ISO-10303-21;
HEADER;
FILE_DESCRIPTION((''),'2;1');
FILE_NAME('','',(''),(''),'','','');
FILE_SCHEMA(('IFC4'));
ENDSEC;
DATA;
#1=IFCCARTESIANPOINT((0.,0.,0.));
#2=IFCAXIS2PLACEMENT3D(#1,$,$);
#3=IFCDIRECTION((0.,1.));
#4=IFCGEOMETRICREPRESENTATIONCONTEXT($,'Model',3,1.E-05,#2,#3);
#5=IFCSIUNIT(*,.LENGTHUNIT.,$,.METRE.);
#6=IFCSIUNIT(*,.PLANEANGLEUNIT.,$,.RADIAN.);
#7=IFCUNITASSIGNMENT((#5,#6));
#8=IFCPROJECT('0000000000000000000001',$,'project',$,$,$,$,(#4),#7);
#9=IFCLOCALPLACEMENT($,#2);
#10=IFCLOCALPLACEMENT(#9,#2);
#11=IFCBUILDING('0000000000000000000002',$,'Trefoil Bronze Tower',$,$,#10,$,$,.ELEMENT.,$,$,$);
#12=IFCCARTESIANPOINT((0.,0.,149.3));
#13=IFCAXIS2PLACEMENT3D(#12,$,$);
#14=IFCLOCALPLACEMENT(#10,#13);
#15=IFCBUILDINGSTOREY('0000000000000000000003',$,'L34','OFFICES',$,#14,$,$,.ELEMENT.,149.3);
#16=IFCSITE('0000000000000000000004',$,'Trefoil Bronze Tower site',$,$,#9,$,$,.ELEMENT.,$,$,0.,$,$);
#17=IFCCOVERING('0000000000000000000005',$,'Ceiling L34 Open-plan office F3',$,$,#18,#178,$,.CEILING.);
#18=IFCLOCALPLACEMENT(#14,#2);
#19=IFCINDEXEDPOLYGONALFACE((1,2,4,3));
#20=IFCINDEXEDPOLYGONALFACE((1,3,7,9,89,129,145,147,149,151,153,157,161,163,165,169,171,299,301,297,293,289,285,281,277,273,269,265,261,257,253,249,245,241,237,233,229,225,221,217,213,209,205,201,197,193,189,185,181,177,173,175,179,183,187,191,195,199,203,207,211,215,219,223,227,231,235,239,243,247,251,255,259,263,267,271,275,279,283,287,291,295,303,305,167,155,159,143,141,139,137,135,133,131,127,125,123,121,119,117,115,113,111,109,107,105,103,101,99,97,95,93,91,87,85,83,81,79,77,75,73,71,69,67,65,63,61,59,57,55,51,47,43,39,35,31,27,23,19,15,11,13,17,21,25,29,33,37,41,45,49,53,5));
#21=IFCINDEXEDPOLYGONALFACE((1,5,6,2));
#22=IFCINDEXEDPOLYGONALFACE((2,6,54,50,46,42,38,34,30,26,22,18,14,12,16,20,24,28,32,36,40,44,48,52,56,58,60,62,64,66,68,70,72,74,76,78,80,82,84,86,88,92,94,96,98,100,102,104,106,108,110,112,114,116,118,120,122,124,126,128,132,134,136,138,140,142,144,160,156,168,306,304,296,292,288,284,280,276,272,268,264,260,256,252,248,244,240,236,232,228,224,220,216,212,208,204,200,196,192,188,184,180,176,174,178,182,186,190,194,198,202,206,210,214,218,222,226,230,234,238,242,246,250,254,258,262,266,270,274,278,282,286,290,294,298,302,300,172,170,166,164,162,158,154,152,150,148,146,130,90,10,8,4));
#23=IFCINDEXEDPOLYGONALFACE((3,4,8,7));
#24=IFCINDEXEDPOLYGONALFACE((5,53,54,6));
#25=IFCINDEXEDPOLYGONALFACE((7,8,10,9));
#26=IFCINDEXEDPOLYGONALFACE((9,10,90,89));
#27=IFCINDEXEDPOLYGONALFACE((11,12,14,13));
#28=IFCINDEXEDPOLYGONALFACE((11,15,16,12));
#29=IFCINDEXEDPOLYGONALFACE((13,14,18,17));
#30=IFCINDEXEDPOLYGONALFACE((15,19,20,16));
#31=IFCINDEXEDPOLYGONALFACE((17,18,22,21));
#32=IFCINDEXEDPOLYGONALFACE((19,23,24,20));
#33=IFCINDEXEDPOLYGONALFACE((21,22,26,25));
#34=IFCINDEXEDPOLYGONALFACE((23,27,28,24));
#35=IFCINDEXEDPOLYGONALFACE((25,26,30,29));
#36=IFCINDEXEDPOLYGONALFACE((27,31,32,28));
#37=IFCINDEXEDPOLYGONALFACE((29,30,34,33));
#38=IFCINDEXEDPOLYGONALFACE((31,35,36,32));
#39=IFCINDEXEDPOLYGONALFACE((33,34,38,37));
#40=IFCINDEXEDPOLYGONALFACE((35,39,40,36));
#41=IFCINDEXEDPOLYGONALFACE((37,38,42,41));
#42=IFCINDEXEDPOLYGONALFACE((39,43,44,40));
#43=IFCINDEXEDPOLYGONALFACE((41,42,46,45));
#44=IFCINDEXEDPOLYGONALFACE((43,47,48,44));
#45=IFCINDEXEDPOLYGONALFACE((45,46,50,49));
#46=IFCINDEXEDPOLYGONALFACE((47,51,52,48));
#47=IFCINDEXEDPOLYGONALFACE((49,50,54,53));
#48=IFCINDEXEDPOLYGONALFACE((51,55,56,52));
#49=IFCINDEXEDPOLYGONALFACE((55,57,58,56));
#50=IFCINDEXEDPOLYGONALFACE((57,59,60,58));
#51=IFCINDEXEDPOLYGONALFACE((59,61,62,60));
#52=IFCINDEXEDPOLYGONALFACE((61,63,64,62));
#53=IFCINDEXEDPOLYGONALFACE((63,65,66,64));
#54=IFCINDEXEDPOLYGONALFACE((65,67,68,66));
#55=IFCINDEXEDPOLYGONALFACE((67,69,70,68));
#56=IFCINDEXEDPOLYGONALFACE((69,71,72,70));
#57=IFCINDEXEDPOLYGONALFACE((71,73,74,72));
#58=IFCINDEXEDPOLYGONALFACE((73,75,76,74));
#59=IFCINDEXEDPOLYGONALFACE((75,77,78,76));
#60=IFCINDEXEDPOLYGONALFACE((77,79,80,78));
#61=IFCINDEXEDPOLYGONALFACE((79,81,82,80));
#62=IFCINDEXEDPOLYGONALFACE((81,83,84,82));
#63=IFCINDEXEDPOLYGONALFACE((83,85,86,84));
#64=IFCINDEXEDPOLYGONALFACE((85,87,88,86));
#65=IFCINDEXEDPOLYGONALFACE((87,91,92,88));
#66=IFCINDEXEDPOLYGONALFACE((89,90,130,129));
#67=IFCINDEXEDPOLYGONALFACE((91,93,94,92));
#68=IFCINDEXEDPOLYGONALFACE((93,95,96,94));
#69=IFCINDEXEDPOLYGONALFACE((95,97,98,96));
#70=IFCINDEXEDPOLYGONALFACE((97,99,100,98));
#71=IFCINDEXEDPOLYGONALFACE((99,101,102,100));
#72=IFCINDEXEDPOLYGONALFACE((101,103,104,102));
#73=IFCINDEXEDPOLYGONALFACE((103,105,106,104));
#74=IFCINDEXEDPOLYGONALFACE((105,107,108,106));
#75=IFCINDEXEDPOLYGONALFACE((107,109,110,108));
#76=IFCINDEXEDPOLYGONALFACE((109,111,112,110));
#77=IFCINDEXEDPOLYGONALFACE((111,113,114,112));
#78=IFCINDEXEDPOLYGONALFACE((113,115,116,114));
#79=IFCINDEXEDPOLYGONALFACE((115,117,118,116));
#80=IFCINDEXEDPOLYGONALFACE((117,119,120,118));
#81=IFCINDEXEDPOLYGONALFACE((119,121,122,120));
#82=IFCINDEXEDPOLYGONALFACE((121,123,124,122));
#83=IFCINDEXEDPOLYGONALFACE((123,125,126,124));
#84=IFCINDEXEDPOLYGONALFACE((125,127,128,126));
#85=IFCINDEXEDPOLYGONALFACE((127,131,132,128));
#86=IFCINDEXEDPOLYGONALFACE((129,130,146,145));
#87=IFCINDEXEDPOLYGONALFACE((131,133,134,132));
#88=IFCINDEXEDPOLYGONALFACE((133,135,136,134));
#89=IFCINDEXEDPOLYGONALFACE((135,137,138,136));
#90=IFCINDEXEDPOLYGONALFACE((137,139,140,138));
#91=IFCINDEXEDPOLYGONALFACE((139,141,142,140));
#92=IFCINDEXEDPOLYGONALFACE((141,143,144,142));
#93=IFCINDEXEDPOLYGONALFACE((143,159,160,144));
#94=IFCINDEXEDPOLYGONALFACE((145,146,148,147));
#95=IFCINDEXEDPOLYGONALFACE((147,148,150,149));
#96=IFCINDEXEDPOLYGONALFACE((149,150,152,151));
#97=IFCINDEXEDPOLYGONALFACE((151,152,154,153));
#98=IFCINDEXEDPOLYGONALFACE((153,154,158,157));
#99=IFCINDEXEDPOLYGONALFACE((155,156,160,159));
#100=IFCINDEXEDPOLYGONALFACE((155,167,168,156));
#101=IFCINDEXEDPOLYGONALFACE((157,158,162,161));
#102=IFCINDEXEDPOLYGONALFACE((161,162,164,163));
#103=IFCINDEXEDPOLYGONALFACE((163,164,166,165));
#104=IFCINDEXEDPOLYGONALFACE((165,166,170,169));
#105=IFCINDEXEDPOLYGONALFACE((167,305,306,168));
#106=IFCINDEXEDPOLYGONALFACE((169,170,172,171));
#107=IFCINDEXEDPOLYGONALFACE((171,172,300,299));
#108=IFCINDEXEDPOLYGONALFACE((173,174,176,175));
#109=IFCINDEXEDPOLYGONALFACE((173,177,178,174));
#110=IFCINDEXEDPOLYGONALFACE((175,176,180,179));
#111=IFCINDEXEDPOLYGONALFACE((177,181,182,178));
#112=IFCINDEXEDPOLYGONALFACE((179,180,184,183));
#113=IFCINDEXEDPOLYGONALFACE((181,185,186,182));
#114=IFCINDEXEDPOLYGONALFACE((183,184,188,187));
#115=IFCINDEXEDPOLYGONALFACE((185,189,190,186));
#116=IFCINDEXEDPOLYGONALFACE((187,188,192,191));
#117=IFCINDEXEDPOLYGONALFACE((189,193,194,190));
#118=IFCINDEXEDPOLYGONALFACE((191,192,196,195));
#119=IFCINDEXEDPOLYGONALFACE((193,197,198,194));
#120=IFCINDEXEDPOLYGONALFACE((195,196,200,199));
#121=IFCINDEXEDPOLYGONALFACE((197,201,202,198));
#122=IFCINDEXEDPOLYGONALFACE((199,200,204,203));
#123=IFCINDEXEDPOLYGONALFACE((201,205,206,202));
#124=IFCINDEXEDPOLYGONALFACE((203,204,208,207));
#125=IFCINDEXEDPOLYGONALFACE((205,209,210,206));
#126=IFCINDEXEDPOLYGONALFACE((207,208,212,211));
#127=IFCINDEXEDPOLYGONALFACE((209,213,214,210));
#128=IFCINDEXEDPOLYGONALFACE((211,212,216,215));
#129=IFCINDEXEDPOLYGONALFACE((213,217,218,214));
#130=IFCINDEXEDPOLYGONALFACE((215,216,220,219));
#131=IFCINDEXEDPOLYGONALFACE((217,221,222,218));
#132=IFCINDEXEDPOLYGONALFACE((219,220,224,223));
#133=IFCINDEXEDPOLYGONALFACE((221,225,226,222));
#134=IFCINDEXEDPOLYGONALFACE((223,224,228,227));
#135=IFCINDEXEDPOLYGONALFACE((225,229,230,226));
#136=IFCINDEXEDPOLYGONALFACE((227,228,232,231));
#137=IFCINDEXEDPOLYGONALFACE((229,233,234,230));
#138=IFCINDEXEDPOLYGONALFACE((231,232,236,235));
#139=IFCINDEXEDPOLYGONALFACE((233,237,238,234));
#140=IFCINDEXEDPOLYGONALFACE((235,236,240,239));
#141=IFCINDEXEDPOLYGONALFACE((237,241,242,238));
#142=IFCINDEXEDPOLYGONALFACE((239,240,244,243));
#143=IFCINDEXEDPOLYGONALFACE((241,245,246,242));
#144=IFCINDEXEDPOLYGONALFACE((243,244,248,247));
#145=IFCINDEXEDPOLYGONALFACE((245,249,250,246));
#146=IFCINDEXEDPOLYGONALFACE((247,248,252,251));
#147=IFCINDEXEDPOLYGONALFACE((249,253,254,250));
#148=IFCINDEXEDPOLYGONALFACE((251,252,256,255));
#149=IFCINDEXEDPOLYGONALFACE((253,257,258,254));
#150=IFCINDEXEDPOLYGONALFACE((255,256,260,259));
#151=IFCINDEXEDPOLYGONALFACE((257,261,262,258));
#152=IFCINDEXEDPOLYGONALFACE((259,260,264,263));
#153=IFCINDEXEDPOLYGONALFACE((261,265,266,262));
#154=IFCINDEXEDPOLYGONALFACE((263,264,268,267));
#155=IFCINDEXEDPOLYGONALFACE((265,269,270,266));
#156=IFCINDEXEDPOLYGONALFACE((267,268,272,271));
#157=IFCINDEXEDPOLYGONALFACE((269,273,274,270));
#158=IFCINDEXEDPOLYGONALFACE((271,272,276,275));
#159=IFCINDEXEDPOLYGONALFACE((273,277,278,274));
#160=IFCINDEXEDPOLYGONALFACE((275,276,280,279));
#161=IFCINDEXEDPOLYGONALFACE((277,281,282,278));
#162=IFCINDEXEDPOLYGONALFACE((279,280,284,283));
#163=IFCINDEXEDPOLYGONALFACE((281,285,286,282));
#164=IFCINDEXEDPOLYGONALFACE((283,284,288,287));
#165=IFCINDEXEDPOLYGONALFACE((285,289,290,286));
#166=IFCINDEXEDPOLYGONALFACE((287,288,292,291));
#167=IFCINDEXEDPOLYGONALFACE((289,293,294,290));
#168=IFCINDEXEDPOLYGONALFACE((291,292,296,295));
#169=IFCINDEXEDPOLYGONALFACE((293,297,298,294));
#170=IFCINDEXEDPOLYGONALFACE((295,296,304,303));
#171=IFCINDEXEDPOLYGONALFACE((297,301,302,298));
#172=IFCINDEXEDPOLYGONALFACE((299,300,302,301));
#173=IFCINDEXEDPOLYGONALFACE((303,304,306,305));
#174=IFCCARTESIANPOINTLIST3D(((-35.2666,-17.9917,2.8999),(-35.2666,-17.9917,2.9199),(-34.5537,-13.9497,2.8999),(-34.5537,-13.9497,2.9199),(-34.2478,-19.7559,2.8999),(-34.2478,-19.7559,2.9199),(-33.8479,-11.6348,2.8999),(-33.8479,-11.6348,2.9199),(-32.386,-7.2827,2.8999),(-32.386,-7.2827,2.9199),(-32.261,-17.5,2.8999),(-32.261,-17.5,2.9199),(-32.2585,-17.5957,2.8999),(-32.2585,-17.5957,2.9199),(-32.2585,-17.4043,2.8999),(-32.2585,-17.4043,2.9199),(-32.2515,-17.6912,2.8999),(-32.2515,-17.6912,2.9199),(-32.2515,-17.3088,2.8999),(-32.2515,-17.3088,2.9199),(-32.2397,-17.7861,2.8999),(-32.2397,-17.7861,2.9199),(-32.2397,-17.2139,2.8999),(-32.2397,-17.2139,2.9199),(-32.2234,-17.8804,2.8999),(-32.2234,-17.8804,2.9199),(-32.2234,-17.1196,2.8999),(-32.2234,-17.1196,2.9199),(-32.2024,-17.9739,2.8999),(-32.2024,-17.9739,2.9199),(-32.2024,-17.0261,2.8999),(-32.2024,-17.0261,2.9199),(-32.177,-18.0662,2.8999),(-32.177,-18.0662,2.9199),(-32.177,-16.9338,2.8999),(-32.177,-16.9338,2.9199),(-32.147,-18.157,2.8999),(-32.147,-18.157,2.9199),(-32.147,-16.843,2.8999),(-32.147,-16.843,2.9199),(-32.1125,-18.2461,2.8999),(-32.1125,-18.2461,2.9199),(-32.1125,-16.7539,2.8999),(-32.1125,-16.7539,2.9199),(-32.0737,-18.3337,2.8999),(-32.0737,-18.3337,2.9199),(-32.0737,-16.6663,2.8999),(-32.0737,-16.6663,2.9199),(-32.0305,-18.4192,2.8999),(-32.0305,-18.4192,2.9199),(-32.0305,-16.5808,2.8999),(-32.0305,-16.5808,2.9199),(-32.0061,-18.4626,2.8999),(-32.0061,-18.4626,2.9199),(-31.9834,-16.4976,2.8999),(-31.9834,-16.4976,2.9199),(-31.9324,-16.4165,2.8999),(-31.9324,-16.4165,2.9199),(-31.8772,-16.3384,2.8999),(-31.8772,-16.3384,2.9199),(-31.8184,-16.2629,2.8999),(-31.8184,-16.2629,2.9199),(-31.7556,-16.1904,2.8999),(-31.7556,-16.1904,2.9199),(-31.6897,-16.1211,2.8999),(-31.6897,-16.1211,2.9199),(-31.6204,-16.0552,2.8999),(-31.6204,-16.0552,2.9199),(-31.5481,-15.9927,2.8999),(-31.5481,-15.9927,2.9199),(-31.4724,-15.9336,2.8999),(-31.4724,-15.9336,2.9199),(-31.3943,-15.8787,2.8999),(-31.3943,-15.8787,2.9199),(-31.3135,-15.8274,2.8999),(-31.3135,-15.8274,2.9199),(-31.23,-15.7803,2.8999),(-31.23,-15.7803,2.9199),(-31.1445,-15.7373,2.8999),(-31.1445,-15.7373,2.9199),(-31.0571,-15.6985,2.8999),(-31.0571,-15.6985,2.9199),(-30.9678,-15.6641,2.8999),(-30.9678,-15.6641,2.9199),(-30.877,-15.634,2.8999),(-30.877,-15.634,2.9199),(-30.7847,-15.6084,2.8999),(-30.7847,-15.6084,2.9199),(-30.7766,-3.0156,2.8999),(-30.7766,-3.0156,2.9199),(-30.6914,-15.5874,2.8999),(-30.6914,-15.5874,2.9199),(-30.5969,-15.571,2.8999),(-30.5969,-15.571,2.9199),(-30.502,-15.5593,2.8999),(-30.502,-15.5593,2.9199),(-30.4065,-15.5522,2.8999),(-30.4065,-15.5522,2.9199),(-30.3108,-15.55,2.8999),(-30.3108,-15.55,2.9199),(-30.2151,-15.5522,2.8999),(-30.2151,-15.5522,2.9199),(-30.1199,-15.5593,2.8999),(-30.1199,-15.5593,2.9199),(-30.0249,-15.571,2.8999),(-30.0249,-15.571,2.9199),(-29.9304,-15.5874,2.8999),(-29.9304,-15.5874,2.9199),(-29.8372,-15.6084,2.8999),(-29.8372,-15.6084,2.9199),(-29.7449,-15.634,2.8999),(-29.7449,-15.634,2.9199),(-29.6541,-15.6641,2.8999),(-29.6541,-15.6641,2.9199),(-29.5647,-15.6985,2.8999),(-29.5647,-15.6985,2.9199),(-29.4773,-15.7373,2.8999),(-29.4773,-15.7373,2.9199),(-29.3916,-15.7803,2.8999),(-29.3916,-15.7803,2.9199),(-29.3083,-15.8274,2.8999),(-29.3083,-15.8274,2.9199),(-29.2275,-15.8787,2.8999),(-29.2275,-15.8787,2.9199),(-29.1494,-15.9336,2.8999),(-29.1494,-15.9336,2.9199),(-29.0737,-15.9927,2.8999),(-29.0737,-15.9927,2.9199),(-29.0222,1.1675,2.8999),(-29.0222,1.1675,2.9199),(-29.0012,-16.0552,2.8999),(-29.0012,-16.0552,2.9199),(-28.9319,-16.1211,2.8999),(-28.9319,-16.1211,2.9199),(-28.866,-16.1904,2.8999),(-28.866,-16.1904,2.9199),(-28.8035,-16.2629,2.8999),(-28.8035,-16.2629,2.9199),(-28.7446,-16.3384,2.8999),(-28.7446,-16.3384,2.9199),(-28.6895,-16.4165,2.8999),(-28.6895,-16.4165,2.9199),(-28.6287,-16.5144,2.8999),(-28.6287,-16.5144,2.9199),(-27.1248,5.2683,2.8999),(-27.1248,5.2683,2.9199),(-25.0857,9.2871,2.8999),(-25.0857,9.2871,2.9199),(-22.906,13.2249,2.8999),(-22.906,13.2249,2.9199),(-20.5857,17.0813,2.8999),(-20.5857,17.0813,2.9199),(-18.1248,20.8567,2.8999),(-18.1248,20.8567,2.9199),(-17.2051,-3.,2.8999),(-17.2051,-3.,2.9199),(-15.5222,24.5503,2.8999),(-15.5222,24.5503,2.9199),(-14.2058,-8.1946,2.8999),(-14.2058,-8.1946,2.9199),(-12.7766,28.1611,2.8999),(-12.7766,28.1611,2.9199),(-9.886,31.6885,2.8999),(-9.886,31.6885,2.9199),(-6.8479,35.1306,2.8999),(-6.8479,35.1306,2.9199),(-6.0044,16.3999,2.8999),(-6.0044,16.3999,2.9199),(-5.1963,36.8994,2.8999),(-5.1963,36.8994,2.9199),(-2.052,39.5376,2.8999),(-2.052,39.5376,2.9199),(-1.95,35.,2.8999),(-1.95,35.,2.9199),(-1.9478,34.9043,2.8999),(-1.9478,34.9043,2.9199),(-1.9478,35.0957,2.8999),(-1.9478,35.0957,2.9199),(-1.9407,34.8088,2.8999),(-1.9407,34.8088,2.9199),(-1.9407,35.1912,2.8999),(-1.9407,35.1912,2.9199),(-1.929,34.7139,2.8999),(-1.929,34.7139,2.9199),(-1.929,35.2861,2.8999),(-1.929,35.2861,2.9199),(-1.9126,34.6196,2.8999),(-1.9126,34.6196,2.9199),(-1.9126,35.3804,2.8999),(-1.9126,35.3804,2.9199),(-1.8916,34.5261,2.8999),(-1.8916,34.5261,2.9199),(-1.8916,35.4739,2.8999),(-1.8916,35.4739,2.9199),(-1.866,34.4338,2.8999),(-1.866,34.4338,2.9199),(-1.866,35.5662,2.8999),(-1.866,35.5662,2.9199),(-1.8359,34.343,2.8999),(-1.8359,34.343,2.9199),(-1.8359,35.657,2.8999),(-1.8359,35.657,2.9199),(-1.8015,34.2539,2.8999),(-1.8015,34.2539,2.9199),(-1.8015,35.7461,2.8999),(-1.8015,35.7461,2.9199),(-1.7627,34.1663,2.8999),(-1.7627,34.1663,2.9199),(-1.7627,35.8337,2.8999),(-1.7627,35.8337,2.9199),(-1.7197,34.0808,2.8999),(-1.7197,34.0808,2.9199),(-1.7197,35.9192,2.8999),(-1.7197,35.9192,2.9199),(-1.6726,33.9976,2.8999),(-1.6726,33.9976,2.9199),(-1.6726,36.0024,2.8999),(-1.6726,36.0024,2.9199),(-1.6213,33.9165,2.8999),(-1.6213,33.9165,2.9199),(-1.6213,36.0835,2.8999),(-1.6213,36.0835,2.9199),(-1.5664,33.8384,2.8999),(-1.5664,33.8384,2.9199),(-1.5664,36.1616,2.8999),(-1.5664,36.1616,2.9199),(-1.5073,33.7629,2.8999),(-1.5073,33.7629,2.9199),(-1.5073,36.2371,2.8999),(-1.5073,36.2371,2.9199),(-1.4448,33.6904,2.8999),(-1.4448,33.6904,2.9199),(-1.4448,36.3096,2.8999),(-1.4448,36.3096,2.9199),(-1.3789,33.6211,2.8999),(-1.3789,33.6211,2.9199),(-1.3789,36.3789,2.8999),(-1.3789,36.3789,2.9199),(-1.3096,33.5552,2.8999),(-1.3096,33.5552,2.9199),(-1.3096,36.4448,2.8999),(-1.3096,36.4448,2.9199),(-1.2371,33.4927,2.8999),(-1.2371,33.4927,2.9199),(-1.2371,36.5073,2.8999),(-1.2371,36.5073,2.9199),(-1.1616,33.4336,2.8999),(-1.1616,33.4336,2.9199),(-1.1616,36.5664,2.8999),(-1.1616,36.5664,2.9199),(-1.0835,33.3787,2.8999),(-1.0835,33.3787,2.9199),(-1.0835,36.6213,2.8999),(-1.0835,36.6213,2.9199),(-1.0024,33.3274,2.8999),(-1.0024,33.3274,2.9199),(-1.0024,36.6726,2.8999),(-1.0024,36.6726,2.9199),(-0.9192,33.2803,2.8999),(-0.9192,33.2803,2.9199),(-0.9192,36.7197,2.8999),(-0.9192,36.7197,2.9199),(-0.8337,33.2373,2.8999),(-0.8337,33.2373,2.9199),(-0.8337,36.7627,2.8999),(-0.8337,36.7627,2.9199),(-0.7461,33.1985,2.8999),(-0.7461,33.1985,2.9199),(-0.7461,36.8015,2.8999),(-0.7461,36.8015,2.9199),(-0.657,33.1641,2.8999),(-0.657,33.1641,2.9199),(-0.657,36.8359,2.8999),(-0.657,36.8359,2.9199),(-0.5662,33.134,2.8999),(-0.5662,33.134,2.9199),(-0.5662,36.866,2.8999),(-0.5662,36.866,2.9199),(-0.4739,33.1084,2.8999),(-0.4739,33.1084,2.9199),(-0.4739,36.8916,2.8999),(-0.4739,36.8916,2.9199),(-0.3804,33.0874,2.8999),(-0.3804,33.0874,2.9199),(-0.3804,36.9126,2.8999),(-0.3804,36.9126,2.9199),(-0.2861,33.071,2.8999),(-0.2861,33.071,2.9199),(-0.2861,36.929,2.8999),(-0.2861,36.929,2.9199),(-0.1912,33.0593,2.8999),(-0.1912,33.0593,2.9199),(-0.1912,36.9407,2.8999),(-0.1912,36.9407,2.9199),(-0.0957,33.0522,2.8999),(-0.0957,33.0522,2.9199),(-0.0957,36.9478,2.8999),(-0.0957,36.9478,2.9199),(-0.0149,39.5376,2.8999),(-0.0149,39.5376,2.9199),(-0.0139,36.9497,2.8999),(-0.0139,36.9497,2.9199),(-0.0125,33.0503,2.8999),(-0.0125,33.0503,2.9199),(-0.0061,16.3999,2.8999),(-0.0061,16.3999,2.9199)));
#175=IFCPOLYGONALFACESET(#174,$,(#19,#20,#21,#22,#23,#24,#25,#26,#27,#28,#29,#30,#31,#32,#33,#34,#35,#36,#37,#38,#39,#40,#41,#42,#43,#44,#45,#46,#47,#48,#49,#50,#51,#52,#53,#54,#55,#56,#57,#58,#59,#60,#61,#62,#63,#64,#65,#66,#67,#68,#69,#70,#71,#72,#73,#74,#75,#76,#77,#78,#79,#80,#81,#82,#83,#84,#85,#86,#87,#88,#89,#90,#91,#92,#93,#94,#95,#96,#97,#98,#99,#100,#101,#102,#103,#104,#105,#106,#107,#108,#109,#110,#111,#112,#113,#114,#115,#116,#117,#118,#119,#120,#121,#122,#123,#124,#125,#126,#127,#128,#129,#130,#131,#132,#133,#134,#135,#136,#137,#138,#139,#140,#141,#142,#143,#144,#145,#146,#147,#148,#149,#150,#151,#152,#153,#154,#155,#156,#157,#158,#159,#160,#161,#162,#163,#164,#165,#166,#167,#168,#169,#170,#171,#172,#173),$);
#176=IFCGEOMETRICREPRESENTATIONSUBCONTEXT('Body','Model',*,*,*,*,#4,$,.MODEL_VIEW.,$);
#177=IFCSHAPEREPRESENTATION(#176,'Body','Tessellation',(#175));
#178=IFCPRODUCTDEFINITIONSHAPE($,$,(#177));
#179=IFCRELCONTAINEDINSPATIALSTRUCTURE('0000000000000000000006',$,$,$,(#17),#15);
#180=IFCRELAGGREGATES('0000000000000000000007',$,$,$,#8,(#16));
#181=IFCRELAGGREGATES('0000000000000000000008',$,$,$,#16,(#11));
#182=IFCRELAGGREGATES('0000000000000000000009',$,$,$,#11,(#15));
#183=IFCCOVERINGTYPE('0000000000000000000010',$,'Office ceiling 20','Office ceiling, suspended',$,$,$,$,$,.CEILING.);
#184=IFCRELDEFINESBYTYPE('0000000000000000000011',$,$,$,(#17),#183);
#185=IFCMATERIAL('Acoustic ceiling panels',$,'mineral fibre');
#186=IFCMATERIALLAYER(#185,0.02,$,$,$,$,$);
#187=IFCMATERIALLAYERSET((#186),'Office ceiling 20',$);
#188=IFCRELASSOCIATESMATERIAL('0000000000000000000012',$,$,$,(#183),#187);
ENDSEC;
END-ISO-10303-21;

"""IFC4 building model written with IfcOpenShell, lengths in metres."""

from ifc_helpers import new_model, si_unit, direction, frame, origin, place, context, subcontext, project, spatial, polyline, outline, extrude, material, layer, layer_set, type_object, element, save


model = new_model("IFC4")

# Units and contexts
model_context = context("Model", 3, precision=1e-05, world=origin(), true_north=direction((0.0, 1.0)))
body_context = subcontext(model_context, "Body", "Model", "MODEL_VIEW")
ifc_project = project(units=[si_unit("LENGTHUNIT", "METRE"), si_unit("PLANEANGLEUNIT", "RADIAN")], contexts=[model_context])

# Site, building, storey
site_placement = place(None, origin())
site = spatial("IfcSite", under=ifc_project, at=site_placement, Name="Trefoil Bronze Tower site", CompositionType="ELEMENT", RefElevation=0.0)
building_placement = place(site_placement, origin())
building = spatial("IfcBuilding", under=site, at=building_placement, Name="Trefoil Bronze Tower", CompositionType="ELEMENT")
storey_placement = place(building_placement, frame((0.0, 0.0, 149.3)))
storey = spatial("IfcBuildingStorey", under=building, at=storey_placement, Name="L34", Description="OFFICES", CompositionType="ELEMENT", Elevation=149.3)

# Covering
ifc_material_1 = material(Name="Acoustic ceiling panels", Category="mineral fibre")
ifc_layer_1 = layer(ifc_material_1, 0.02)
ifc_layer_set_1 = layer_set([ifc_layer_1], Name="Office ceiling 20")
covering_type_1 = type_object("IfcCoveringType", Name="Office ceiling 20", Description="Office ceiling, suspended", PredefinedType="CEILING", material=ifc_layer_set_1)
covering_1_placement = place(storey_placement, frame((0.0, 0.0, 2.8999)))
element("IfcCovering", 1, at=covering_1_placement, inside=storey, type_object=covering_type_1, Name="Ceiling L34 Open-plan office F3", PredefinedType="CEILING", context=body_context, shape_type="SweptSolid", body=[
    extrude(outline(polyline([(-33.8479, -11.6348), (-32.386, -7.2827), (-30.7766, -3.0156), (-29.0222, 1.1675), (-27.1248, 5.2683), (-25.0857, 9.2871), (-22.906, 13.2249), (-20.5857, 17.0813), (-18.1248, 20.8567), (-15.5222, 24.5503), (-12.7766, 28.1611), (-9.886, 31.6885), (-6.8479, 35.1306), (-5.1963, 36.8994), (-2.052, 39.5376), (-0.0149, 39.5376), (-0.0139, 36.9497), (-0.0957, 36.9478), (-0.1912, 36.9407), (-0.2861, 36.929), (-0.3804, 36.9126), (-0.4739, 36.8916), (-0.5662, 36.866), (-0.657, 36.8359), (-0.7461, 36.8015), (-0.8337, 36.7627), (-0.9192, 36.7197), (-1.0024, 36.6726), (-1.0835, 36.6213), (-1.1616, 36.5664), (-1.2371, 36.5073), (-1.3096, 36.4448), (-1.3789, 36.3789), (-1.4448, 36.3096), (-1.5073, 36.2371), (-1.5664, 36.1616), (-1.6213, 36.0835), (-1.6726, 36.0024), (-1.7197, 35.9192), (-1.7627, 35.8337), (-1.8015, 35.7461), (-1.8359, 35.657), (-1.866, 35.5662), (-1.8916, 35.4739), (-1.9126, 35.3804), (-1.929, 35.2861), (-1.9407, 35.1912), (-1.9478, 35.0957), (-1.95, 35.0), (-1.9478, 34.9043), (-1.9407, 34.8088), (-1.929, 34.7139), (-1.9126, 34.6196), (-1.8916, 34.5261), (-1.866, 34.4338), (-1.8359, 34.343), (-1.8015, 34.2539), (-1.7627, 34.1663), (-1.7197, 34.0808), (-1.6726, 33.9976), (-1.6213, 33.9165), (-1.5664, 33.8384), (-1.5073, 33.7629), (-1.4448, 33.6904), (-1.3789, 33.6211), (-1.3096, 33.5552), (-1.2371, 33.4927), (-1.1616, 33.4336), (-1.0835, 33.3787), (-1.0024, 33.3274), (-0.9192, 33.2803), (-0.8337, 33.2373), (-0.7461, 33.1985), (-0.657, 33.1641), (-0.5662, 33.134), (-0.4739, 33.1084), (-0.3804, 33.0874), (-0.2861, 33.071), (-0.1912, 33.0593), (-0.0957, 33.0522), (-0.0125, 33.0503), (-0.0061, 16.3999), (-6.0044, 16.3999), (-17.2051, -3.0), (-14.2058, -8.1946), (-28.6287, -16.5144), (-28.6895, -16.4165), (-28.7446, -16.3384), (-28.8035, -16.2629), (-28.866, -16.1904), (-28.9319, -16.1211), (-29.0012, -16.0552), (-29.0737, -15.9927), (-29.1494, -15.9336), (-29.2275, -15.8787), (-29.3083, -15.8274), (-29.3916, -15.7803), (-29.4773, -15.7373), (-29.5647, -15.6985), (-29.6541, -15.6641), (-29.7449, -15.634), (-29.8372, -15.6084), (-29.9304, -15.5874), (-30.0249, -15.571), (-30.1199, -15.5593), (-30.2151, -15.5522), (-30.3108, -15.55), (-30.4065, -15.5522), (-30.502, -15.5593), (-30.5969, -15.571), (-30.6914, -15.5874), (-30.7847, -15.6084), (-30.877, -15.634), (-30.9678, -15.6641), (-31.0571, -15.6985), (-31.1445, -15.7373), (-31.23, -15.7803), (-31.3135, -15.8274), (-31.3943, -15.8787), (-31.4724, -15.9336), (-31.5481, -15.9927), (-31.6204, -16.0552), (-31.6897, -16.1211), (-31.7556, -16.1904), (-31.8184, -16.2629), (-31.8772, -16.3384), (-31.9324, -16.4165), (-31.9834, -16.4976), (-32.0305, -16.5808), (-32.0737, -16.6663), (-32.1125, -16.7539), (-32.147, -16.843), (-32.177, -16.9338), (-32.2024, -17.0261), (-32.2234, -17.1196), (-32.2397, -17.2139), (-32.2515, -17.3088), (-32.2585, -17.4043), (-32.261, -17.5), (-32.2585, -17.5957), (-32.2515, -17.6912), (-32.2397, -17.7861), (-32.2234, -17.8804), (-32.2024, -17.9739), (-32.177, -18.0662), (-32.147, -18.157), (-32.1125, -18.2461), (-32.0737, -18.3337), (-32.0305, -18.4192), (-32.0061, -18.4626), (-34.2478, -19.7559), (-35.2666, -17.9917), (-34.5537, -13.9497), (-33.8479, -11.6348)])), origin(), (0.0, 0.0, 1.0), 0.02),
])

save(model, "model.ifc")
